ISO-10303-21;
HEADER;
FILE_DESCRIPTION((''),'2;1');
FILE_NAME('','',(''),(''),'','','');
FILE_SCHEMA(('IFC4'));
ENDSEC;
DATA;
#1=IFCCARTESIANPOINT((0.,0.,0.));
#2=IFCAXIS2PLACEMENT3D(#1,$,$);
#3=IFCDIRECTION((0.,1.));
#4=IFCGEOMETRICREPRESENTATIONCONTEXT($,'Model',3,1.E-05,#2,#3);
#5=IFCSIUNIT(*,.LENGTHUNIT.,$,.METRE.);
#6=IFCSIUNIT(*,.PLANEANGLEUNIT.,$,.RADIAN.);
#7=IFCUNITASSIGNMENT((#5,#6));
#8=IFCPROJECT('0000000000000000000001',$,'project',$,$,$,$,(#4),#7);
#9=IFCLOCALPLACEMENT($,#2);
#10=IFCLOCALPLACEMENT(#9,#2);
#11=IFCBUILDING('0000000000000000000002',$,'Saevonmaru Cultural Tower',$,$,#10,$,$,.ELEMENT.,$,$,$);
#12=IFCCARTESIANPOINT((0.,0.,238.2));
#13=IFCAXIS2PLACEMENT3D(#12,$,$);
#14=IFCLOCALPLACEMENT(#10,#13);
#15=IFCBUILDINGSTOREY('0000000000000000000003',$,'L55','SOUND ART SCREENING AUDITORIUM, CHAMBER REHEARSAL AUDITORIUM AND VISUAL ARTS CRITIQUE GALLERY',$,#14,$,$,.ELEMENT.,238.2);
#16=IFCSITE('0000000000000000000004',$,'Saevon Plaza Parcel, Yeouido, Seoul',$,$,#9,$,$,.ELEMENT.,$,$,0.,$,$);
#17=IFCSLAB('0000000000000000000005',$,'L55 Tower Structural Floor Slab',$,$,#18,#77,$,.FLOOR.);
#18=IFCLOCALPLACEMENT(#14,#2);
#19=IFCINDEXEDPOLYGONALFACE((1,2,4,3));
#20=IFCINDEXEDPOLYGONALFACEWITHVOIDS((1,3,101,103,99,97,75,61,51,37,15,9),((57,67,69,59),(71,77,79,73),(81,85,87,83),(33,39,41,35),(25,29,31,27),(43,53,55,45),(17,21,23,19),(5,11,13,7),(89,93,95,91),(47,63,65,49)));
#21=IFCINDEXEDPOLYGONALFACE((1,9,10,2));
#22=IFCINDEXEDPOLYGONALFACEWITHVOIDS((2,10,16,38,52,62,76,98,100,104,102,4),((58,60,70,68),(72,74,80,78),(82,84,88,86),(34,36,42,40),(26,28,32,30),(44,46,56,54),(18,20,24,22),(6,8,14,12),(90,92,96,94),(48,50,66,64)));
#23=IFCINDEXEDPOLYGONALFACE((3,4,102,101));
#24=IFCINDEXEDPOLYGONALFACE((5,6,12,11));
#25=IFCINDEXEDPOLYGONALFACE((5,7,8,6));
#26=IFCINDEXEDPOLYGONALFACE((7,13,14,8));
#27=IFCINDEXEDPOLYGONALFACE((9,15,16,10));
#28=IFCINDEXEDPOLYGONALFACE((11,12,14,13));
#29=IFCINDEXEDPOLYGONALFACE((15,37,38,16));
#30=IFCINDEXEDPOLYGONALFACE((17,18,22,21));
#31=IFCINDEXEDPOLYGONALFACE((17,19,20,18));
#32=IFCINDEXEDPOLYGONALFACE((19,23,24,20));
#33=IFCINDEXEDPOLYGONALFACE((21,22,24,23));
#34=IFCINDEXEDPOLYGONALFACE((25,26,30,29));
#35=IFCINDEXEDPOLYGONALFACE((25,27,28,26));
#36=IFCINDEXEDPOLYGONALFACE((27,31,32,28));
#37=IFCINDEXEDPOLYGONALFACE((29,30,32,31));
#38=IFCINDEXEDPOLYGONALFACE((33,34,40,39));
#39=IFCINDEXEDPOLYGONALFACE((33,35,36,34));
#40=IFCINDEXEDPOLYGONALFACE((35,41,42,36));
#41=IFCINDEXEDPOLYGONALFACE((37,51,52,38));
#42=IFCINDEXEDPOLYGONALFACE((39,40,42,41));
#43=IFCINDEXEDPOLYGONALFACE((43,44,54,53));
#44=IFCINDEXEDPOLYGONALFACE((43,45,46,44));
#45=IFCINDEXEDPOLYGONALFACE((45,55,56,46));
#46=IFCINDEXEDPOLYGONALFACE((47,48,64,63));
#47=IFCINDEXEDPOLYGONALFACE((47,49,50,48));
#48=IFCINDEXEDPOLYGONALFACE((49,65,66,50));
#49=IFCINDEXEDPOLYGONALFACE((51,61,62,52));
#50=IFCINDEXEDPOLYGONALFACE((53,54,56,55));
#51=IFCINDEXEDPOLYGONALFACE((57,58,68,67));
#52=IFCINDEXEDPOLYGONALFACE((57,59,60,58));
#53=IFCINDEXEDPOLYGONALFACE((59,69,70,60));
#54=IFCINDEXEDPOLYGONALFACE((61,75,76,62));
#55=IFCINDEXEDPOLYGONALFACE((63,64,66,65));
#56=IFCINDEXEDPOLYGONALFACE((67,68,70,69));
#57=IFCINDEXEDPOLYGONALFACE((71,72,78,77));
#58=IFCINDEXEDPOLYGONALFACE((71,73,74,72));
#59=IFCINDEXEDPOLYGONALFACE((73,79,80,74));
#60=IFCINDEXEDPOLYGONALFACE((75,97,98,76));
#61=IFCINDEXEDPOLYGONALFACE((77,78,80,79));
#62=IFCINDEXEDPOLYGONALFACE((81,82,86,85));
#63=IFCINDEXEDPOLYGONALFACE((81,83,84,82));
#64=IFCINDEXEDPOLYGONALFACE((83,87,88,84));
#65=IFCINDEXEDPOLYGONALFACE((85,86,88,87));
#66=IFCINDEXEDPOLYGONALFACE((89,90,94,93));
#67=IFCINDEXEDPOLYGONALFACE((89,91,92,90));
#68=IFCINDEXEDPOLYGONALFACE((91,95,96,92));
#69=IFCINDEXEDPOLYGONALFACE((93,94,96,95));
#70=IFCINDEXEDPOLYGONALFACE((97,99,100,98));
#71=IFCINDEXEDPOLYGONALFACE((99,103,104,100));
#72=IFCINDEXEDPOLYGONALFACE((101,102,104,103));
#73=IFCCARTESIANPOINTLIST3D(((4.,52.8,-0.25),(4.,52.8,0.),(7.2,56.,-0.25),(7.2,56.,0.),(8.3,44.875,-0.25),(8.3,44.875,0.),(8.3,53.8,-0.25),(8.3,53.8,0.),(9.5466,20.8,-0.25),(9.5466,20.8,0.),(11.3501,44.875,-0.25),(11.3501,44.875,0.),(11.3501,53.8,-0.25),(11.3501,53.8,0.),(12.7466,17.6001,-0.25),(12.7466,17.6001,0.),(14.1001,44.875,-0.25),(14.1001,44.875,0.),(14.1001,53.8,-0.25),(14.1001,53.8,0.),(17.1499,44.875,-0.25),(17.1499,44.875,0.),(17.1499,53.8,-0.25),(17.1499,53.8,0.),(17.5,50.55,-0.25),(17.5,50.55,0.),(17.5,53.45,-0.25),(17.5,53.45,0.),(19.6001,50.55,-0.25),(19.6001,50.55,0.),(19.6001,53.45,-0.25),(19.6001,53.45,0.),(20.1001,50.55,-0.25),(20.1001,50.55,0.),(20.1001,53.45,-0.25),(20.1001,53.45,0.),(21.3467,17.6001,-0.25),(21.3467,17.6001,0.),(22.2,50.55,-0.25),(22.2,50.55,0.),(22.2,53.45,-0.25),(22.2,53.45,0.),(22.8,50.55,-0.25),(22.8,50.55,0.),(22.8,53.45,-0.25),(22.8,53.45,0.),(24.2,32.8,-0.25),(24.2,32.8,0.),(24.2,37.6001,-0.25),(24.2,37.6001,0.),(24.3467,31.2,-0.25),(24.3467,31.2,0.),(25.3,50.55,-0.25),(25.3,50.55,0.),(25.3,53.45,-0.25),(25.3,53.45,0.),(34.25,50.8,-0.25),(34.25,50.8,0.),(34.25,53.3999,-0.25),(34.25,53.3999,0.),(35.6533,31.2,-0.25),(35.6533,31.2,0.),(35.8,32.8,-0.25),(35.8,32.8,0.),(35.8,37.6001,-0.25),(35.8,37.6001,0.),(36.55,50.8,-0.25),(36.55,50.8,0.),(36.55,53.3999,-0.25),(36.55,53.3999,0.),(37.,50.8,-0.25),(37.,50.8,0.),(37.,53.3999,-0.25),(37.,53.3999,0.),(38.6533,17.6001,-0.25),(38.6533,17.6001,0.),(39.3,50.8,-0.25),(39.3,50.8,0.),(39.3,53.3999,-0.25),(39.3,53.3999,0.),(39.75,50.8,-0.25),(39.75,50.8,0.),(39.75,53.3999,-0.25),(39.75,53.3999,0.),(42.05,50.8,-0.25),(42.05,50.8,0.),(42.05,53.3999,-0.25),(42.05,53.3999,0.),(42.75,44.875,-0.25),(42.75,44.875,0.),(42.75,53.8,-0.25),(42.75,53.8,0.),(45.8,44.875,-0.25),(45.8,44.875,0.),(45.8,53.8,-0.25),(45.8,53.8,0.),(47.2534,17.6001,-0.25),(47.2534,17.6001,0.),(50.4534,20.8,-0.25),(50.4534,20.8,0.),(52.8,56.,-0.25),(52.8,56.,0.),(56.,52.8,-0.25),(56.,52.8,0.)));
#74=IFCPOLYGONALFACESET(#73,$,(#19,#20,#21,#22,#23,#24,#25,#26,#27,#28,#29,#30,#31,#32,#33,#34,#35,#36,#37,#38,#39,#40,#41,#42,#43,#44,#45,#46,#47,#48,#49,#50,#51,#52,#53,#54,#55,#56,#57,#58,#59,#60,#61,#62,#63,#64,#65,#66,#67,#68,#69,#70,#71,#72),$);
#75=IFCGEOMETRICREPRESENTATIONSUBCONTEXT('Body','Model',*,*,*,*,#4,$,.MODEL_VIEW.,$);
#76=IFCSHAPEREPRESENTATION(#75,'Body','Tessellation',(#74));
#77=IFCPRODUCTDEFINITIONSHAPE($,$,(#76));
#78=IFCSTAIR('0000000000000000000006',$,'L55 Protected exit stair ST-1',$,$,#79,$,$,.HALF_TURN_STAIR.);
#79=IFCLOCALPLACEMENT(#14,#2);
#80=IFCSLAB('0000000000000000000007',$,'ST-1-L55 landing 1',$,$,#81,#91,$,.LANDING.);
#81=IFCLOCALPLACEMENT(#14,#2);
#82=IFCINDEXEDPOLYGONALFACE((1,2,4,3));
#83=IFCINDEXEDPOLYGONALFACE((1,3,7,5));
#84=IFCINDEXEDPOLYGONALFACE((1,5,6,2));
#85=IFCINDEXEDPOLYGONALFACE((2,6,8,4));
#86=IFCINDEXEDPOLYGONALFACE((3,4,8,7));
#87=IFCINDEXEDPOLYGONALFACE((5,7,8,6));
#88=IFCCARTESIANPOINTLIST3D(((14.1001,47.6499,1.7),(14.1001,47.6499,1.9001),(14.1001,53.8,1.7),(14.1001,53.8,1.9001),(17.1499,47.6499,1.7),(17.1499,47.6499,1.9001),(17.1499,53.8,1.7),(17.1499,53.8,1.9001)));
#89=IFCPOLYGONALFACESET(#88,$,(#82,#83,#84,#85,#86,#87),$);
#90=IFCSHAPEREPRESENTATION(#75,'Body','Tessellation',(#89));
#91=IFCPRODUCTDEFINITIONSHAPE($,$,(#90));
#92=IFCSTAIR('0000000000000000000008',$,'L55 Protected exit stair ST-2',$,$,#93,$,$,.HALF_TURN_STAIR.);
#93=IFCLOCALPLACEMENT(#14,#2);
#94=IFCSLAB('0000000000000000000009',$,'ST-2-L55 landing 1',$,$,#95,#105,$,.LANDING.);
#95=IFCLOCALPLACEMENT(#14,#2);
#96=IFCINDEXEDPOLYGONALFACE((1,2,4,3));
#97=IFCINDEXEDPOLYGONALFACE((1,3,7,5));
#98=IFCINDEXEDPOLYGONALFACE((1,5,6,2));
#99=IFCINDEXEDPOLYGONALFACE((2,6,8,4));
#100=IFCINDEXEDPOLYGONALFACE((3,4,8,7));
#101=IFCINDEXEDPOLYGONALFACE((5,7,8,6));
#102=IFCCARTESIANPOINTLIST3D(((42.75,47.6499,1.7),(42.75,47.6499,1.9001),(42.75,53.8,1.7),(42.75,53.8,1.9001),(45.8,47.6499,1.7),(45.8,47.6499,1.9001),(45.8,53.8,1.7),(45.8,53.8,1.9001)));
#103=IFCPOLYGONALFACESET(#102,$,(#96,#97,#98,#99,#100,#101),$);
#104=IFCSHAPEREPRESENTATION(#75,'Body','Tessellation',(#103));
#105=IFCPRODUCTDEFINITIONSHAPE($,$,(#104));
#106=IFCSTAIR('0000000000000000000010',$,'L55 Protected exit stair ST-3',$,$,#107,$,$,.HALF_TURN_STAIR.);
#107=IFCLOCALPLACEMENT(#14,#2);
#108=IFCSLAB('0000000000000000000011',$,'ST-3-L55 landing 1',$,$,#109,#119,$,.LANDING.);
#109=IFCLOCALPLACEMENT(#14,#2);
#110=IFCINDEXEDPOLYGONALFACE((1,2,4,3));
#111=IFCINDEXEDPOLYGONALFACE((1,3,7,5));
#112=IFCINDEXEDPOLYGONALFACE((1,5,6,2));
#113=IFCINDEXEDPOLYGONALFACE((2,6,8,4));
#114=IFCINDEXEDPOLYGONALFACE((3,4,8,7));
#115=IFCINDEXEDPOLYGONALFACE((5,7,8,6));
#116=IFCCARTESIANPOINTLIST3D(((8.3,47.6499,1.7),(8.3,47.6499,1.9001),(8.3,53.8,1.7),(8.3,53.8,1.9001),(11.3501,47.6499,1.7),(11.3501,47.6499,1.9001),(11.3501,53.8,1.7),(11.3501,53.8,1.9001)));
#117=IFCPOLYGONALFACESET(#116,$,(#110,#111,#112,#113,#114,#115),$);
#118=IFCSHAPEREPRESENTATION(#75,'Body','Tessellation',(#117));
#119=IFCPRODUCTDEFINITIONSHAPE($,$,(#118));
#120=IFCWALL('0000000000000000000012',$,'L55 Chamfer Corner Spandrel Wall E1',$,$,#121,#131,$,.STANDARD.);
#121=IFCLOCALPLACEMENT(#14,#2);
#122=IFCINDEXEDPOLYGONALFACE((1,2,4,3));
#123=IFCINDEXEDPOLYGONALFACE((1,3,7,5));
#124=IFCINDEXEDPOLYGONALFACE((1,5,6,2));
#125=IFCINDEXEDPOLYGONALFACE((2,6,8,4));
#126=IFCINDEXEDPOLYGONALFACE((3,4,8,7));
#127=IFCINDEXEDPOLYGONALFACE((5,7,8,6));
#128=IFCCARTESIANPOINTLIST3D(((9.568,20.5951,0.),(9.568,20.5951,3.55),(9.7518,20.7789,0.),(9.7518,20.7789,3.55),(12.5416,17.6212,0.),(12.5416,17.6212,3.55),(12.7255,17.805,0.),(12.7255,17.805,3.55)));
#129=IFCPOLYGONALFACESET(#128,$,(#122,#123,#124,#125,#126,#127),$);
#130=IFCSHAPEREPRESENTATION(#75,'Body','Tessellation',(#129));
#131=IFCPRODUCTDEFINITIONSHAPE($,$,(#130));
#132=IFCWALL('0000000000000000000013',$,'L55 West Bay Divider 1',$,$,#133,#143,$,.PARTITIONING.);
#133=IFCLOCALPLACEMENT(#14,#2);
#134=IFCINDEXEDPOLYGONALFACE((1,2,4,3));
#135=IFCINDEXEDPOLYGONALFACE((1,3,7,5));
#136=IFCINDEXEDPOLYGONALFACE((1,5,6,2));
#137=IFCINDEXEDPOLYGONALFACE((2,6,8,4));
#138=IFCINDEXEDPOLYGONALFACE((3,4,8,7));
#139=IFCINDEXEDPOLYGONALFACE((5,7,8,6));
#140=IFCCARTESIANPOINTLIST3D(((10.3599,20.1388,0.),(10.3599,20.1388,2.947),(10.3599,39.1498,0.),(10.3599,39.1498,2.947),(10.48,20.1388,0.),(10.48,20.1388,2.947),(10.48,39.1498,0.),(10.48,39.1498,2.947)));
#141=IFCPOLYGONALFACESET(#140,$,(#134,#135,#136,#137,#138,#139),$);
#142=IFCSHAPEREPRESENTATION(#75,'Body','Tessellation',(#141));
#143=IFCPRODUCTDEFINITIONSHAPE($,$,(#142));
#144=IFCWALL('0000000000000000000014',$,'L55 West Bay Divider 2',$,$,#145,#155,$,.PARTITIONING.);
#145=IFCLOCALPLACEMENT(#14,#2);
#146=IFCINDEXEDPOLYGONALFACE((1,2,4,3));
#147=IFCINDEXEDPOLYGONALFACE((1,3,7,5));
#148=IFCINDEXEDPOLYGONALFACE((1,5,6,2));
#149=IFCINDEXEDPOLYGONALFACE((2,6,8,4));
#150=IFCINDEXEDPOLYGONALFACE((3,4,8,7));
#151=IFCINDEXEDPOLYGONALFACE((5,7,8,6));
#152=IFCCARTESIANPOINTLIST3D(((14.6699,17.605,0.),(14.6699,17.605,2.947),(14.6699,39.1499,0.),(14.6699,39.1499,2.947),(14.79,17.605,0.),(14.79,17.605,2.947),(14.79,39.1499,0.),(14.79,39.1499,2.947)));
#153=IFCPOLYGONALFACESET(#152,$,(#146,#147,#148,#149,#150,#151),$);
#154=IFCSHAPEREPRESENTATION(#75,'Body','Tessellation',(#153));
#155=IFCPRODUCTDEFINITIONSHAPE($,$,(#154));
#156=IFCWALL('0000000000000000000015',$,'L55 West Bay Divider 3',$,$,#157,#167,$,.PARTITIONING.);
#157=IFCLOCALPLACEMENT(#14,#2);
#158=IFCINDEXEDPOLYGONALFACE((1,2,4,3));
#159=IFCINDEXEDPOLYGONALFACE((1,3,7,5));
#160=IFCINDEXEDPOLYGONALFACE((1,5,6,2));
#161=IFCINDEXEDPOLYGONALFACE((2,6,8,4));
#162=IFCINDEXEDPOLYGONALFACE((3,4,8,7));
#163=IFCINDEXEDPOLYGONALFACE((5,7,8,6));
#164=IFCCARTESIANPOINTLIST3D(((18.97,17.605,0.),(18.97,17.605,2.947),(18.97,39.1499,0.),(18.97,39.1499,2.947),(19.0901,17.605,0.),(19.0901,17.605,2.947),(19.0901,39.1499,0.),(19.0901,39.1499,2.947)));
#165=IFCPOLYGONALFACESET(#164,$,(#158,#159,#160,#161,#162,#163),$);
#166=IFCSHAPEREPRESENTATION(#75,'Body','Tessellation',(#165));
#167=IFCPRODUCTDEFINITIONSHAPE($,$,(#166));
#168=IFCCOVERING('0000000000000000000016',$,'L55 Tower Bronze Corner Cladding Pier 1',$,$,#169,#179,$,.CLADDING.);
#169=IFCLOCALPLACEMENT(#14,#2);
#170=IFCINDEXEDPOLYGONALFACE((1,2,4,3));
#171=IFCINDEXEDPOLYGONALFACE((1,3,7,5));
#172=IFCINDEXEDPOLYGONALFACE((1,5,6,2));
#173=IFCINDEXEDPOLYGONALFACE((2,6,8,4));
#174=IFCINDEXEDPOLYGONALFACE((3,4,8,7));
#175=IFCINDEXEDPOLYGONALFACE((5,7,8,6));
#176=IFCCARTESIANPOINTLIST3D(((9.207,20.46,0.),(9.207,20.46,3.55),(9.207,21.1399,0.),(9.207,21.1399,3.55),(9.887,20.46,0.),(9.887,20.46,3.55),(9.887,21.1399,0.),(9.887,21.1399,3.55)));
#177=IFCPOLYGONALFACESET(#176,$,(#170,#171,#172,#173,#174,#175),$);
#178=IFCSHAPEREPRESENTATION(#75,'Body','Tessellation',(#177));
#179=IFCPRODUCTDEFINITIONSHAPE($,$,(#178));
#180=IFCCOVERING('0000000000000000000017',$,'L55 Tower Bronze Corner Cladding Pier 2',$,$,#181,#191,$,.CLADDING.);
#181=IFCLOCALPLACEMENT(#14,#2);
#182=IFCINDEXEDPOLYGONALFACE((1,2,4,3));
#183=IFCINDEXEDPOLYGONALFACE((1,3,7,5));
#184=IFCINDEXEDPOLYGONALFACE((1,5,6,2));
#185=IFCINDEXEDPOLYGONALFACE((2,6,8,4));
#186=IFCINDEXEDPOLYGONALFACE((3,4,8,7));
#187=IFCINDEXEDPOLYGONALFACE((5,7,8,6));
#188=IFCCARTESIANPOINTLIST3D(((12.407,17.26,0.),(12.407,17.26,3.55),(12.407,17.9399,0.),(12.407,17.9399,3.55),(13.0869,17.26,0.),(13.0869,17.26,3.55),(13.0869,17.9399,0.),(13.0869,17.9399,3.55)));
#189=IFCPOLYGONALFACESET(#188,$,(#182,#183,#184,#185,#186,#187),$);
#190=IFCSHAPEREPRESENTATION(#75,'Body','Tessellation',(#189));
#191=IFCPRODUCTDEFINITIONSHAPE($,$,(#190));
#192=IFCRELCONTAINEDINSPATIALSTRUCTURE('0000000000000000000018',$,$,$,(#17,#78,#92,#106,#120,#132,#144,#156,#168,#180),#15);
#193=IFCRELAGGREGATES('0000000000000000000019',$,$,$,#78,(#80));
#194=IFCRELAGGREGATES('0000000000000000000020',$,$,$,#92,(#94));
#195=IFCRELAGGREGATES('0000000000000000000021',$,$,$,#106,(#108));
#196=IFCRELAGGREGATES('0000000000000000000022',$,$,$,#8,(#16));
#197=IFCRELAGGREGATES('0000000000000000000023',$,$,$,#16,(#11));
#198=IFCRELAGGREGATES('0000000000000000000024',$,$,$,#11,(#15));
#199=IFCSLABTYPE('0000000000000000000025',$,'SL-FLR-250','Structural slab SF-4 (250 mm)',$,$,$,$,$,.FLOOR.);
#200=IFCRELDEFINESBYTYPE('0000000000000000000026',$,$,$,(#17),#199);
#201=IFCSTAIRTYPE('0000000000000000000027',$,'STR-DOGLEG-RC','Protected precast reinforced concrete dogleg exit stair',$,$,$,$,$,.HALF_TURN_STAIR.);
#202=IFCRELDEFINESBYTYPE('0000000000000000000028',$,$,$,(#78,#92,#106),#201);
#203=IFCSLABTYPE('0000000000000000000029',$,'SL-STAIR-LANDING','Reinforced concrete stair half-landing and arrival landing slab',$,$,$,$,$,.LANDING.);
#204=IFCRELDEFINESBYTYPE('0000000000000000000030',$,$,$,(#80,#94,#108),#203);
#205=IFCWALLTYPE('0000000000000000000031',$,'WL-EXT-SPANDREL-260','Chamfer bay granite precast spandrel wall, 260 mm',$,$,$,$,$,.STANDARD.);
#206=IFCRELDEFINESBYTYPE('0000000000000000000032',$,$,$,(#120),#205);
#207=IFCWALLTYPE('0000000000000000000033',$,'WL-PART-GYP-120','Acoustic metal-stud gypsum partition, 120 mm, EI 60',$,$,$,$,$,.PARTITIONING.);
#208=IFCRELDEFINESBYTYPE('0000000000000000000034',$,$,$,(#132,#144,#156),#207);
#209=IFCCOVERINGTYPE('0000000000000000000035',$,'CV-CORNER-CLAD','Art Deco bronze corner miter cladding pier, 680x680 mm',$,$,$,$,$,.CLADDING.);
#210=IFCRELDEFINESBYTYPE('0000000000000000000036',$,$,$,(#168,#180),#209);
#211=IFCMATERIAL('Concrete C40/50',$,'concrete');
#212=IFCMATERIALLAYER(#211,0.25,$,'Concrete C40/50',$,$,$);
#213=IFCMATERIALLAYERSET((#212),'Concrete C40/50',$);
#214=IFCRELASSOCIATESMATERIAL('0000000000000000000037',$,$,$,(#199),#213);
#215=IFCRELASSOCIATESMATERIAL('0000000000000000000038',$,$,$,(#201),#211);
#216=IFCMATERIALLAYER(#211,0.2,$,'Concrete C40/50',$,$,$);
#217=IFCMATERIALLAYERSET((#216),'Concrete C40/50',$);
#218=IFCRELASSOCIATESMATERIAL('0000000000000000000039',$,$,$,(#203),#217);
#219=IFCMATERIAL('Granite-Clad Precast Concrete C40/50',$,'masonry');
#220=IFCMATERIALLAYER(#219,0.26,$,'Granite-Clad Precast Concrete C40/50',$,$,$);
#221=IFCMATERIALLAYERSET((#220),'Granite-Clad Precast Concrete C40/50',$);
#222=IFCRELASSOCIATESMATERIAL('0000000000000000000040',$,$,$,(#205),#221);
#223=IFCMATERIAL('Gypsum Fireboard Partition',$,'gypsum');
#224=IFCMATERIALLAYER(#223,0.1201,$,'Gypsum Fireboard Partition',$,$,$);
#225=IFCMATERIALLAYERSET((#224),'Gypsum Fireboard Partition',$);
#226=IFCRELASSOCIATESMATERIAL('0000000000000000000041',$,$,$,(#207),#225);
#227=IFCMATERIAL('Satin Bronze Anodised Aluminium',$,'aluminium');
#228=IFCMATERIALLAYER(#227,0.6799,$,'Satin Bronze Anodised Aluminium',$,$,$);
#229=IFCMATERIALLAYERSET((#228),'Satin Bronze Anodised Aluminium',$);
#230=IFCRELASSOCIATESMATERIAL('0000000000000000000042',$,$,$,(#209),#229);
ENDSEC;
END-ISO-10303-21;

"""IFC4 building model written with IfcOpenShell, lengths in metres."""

from ifc_helpers import new_model, si_unit, direction, frame, frame_2d, origin, place, context, subcontext, project, spatial, polyline, rectangle, outline, extrude, material, layer, layer_set, type_object, element, aggregate, save


model = new_model("IFC4")

# Units and contexts
model_context = context("Model", 3, precision=1e-05, world=origin(), true_north=direction((0.0, 1.0)))
body_context = subcontext(model_context, "Body", "Model", "MODEL_VIEW")
ifc_project = project(units=[si_unit("LENGTHUNIT", "METRE"), si_unit("PLANEANGLEUNIT", "RADIAN")], contexts=[model_context])

# Site, building, storey
site_placement = place(None, origin())
site = spatial("IfcSite", under=ifc_project, at=site_placement, Name="Saevon Plaza Parcel, Yeouido, Seoul", CompositionType="ELEMENT", RefElevation=0.0)
building_placement = place(site_placement, origin())
building = spatial("IfcBuilding", under=site, at=building_placement, Name="Saevonmaru Cultural Tower", CompositionType="ELEMENT")
storey_placement = place(building_placement, frame((0.0, 0.0, 238.2)))
storey = spatial("IfcBuildingStorey", under=building, at=storey_placement, Name="L55", Description="SOUND ART SCREENING AUDITORIUM, CHAMBER REHEARSAL AUDITORIUM AND VISUAL ARTS CRITIQUE GALLERY", CompositionType="ELEMENT", Elevation=238.2)

# Shared definitions
ifc_material_1 = material(Name="Satin Bronze Anodised Aluminium", Category="aluminium")

# Slab
ifc_material_2 = material(Name="Concrete C40/50", Category="concrete")
ifc_layer_1 = layer(ifc_material_2, 0.25, Name="Concrete C40/50")
ifc_layer_set_1 = layer_set([ifc_layer_1], Name="Concrete C40/50")
slab_type_1 = type_object("IfcSlabType", Name="SL-FLR-250", Description="Structural slab SF-4 (250 mm)", PredefinedType="FLOOR", material=ifc_layer_set_1)
slab_1_placement = place(storey_placement, frame((0.0, 0.0, -0.25)))
element("IfcSlab", 1, at=slab_1_placement, inside=storey, type_object=slab_type_1, Name="L55 Tower Structural Floor Slab", PredefinedType="FLOOR", context=body_context, shape_type="SweptSolid", body=[
    extrude(outline(polyline([(9.5466, 20.8), (12.7466, 17.6001), (21.3467, 17.6001), (24.3467, 31.2), (35.6533, 31.2), (38.6533, 17.6001), (47.2534, 17.6001), (50.4534, 20.8), (56.0, 52.8), (52.8, 56.0), (7.2, 56.0), (4.0, 52.8), (9.5466, 20.8)]), holes=[polyline([(45.8, 44.875), (42.75, 44.875), (42.75, 53.8), (45.8, 53.8), (45.8, 44.875)]), polyline([(39.75, 50.8), (39.75, 53.3999), (42.05, 53.3999), (42.05, 50.8), (39.75, 50.8)]), polyline([(37.0, 50.8), (37.0, 53.3999), (39.3, 53.3999), (39.3, 50.8), (37.0, 50.8)]), polyline([(36.55, 50.8), (34.25, 50.8), (34.25, 53.3999), (36.55, 53.3999), (36.55, 50.8)]), polyline([(35.8, 32.8), (24.2, 32.8), (24.2, 37.6001), (35.8, 37.6001), (35.8, 32.8)]), polyline([(25.3, 50.55), (22.8, 50.55), (22.8, 53.45), (25.3, 53.45), (25.3, 50.55)]), polyline([(22.2, 50.55), (20.1001, 50.55), (20.1001, 53.45), (22.2, 53.45), (22.2, 50.55)]), polyline([(17.5, 50.55), (17.5, 53.45), (19.6001, 53.45), (19.6001, 50.55), (17.5, 50.55)]), polyline([(17.1499, 53.8), (17.1499, 44.875), (14.1001, 44.875), (14.1001, 53.8), (17.1499, 53.8)]), polyline([(11.3501, 53.8), (11.3501, 44.875), (8.3, 44.875), (8.3, 53.8), (11.3501, 53.8)])]), origin(), (0.0, 0.0, 1.0), 0.25),
])

# Stairs, slabs
stair_type = type_object("IfcStairType", Name="STR-DOGLEG-RC", Description="Protected precast reinforced concrete dogleg exit stair", PredefinedType="HALF_TURN_STAIR", material=ifc_material_2)
stair_1_placement = place(storey_placement, origin())
stair_1 = element("IfcStair", 2, at=stair_1_placement, inside=storey, type_object=stair_type, Name="L55 Protected exit stair ST-1", PredefinedType="HALF_TURN_STAIR")
ifc_layer_2 = layer(ifc_material_2, 0.2, Name="Concrete C40/50")
ifc_layer_set_2 = layer_set([ifc_layer_2], Name="Concrete C40/50")
slab_type_2 = type_object("IfcSlabType", Name="SL-STAIR-LANDING", Description="Reinforced concrete stair half-landing and arrival landing slab", PredefinedType="LANDING", material=ifc_layer_set_2)
slab_2_placement = place(storey_placement, frame((0.0, 0.0, 1.7)))
slab_2 = element("IfcSlab", 3, at=slab_2_placement, type_object=slab_type_2, Name="ST-1-L55 landing 1", PredefinedType="LANDING", context=body_context, shape_type="SweptSolid", body=[
    extrude(outline(polyline([(17.1499, 47.6499), (17.1499, 53.8), (14.1001, 53.8), (14.1001, 47.6499), (17.1499, 47.6499)])), origin(), (0.0, 0.0, 1.0), 0.2002),
])
aggregate(stair_1, [slab_2])
stair_2_placement = place(storey_placement, origin())
stair_2 = element("IfcStair", 4, at=stair_2_placement, inside=storey, type_object=stair_type, Name="L55 Protected exit stair ST-2", PredefinedType="HALF_TURN_STAIR")
slab_3_placement = place(storey_placement, frame((0.0, 0.0, 1.7)))
slab_3 = element("IfcSlab", 5, at=slab_3_placement, type_object=slab_type_2, Name="ST-2-L55 landing 1", PredefinedType="LANDING", context=body_context, shape_type="SweptSolid", body=[
    extrude(outline(polyline([(45.8, 47.6499), (45.8, 53.8), (42.75, 53.8), (42.75, 47.6499), (45.8, 47.6499)])), origin(), (0.0, 0.0, 1.0), 0.2002),
])
aggregate(stair_2, [slab_3])
stair_3_placement = place(storey_placement, origin())
stair_3 = element("IfcStair", 6, at=stair_3_placement, inside=storey, type_object=stair_type, Name="L55 Protected exit stair ST-3", PredefinedType="HALF_TURN_STAIR")
slab_4_placement = place(storey_placement, frame((0.0, 0.0, 1.7)))
slab_4 = element("IfcSlab", 7, at=slab_4_placement, type_object=slab_type_2, Name="ST-3-L55 landing 1", PredefinedType="LANDING", context=body_context, shape_type="SweptSolid", body=[
    extrude(outline(polyline([(11.3501, 47.6499), (11.3501, 53.8), (8.3, 53.8), (8.3, 47.6499), (11.3501, 47.6499)])), origin(), (0.0, 0.0, 1.0), 0.2002),
])
aggregate(stair_3, [slab_4])

# Walls
ifc_material_3 = material(Name="Granite-Clad Precast Concrete C40/50", Category="masonry")
ifc_layer_3 = layer(ifc_material_3, 0.26, Name="Granite-Clad Precast Concrete C40/50")
ifc_layer_set_3 = layer_set([ifc_layer_3], Name="Granite-Clad Precast Concrete C40/50")
wall_type_1 = type_object("IfcWallType", Name="WL-EXT-SPANDREL-260", Description="Chamfer bay granite precast spandrel wall, 260 mm", PredefinedType="STANDARD", material=ifc_layer_set_3)
wall_1_placement = place(storey_placement, frame((9.6599, 20.687, 0.0), z_axis=(0.0, 0.0, 1.0), x_axis=(0.707078, -0.707136, 0.0)))
element("IfcWall", 8, at=wall_1_placement, inside=storey, type_object=wall_type_1, Name="L55 Chamfer Corner Spandrel Wall E1", PredefinedType="STANDARD", context=body_context, shape_type="SweptSolid", body=[
    extrude(rectangle(XDim=4.2056, YDim=0.26, at=frame_2d((2.1028, 0.0))), origin(), (0.0, 0.0, 1.0), 3.55),
])
ifc_material_4 = material(Name="Gypsum Fireboard Partition", Category="gypsum")
ifc_layer_4 = layer(ifc_material_4, 0.1201, Name="Gypsum Fireboard Partition")
ifc_layer_set_4 = layer_set([ifc_layer_4], Name="Gypsum Fireboard Partition")
wall_type_2 = type_object("IfcWallType", Name="WL-PART-GYP-120", Description="Acoustic metal-stud gypsum partition, 120 mm, EI 60", PredefinedType="PARTITIONING", material=ifc_layer_set_4)
wall_2_placement = place(storey_placement, frame((10.4199, 20.1389, 0.0), z_axis=(0.0, 0.0, 1.0), x_axis=(0.0, 1.0, 0.0)))
element("IfcWall", 9, at=wall_2_placement, inside=storey, type_object=wall_type_2, Name="L55 West Bay Divider 1", PredefinedType="PARTITIONING", context=body_context, shape_type="SweptSolid", body=[
    extrude(rectangle(XDim=19.011, YDim=0.1201, at=frame_2d((9.5054, 0.0))), origin(), (0.0, 0.0, 1.0), 2.947),
])
for number, where, z_axis, x_axis, name in (
    (10, (14.73, 17.605, 0.0), (0.0, 0.0, 1.0), (0.0, 1.0, 0.0), "L55 West Bay Divider 2"),
    (11, (19.03, 17.605, 0.0), (0.0, 0.0, 1.0), (0.0, 1.0, 0.0), "L55 West Bay Divider 3"),
):
    element("IfcWall", number, at=place(storey_placement, frame(where, z_axis=z_axis, x_axis=x_axis)), inside=storey, type_object=wall_type_2, Name=name, PredefinedType="PARTITIONING", context=body_context, shape_type="SweptSolid", body=[
        extrude(rectangle(XDim=21.5449, YDim=0.1201, at=frame_2d((10.7725, 0.0))), origin(), (0.0, 0.0, 1.0), 2.947),
    ])

# Coverings
ifc_layer_5 = layer(ifc_material_1, 0.6799, Name="Satin Bronze Anodised Aluminium")
ifc_layer_set_5 = layer_set([ifc_layer_5], Name="Satin Bronze Anodised Aluminium")
covering_type = type_object("IfcCoveringType", Name="CV-CORNER-CLAD", Description="Art Deco bronze corner miter cladding pier, 680x680 mm", PredefinedType="CLADDING", material=ifc_layer_set_5)
covering_1_placement = place(storey_placement, origin())
element("IfcCovering", 12, at=covering_1_placement, inside=storey, type_object=covering_type, Name="L55 Tower Bronze Corner Cladding Pier 1", PredefinedType="CLADDING", context=body_context, shape_type="SweptSolid", body=[
    extrude(outline(polyline([(9.207, 20.46), (9.887, 20.46), (9.887, 21.1399), (9.207, 21.1399), (9.207, 20.46)])), origin(), (0.0, 0.0, 1.0), 3.55),
])
covering_2_placement = place(storey_placement, origin())
element("IfcCovering", 13, at=covering_2_placement, inside=storey, type_object=covering_type, Name="L55 Tower Bronze Corner Cladding Pier 2", PredefinedType="CLADDING", context=body_context, shape_type="SweptSolid", body=[
    extrude(outline(polyline([(12.407, 17.26), (13.0869, 17.26), (13.0869, 17.9399), (12.407, 17.9399), (12.407, 17.26)])), origin(), (0.0, 0.0, 1.0), 3.55),
])

save(model, "model.ifc")
